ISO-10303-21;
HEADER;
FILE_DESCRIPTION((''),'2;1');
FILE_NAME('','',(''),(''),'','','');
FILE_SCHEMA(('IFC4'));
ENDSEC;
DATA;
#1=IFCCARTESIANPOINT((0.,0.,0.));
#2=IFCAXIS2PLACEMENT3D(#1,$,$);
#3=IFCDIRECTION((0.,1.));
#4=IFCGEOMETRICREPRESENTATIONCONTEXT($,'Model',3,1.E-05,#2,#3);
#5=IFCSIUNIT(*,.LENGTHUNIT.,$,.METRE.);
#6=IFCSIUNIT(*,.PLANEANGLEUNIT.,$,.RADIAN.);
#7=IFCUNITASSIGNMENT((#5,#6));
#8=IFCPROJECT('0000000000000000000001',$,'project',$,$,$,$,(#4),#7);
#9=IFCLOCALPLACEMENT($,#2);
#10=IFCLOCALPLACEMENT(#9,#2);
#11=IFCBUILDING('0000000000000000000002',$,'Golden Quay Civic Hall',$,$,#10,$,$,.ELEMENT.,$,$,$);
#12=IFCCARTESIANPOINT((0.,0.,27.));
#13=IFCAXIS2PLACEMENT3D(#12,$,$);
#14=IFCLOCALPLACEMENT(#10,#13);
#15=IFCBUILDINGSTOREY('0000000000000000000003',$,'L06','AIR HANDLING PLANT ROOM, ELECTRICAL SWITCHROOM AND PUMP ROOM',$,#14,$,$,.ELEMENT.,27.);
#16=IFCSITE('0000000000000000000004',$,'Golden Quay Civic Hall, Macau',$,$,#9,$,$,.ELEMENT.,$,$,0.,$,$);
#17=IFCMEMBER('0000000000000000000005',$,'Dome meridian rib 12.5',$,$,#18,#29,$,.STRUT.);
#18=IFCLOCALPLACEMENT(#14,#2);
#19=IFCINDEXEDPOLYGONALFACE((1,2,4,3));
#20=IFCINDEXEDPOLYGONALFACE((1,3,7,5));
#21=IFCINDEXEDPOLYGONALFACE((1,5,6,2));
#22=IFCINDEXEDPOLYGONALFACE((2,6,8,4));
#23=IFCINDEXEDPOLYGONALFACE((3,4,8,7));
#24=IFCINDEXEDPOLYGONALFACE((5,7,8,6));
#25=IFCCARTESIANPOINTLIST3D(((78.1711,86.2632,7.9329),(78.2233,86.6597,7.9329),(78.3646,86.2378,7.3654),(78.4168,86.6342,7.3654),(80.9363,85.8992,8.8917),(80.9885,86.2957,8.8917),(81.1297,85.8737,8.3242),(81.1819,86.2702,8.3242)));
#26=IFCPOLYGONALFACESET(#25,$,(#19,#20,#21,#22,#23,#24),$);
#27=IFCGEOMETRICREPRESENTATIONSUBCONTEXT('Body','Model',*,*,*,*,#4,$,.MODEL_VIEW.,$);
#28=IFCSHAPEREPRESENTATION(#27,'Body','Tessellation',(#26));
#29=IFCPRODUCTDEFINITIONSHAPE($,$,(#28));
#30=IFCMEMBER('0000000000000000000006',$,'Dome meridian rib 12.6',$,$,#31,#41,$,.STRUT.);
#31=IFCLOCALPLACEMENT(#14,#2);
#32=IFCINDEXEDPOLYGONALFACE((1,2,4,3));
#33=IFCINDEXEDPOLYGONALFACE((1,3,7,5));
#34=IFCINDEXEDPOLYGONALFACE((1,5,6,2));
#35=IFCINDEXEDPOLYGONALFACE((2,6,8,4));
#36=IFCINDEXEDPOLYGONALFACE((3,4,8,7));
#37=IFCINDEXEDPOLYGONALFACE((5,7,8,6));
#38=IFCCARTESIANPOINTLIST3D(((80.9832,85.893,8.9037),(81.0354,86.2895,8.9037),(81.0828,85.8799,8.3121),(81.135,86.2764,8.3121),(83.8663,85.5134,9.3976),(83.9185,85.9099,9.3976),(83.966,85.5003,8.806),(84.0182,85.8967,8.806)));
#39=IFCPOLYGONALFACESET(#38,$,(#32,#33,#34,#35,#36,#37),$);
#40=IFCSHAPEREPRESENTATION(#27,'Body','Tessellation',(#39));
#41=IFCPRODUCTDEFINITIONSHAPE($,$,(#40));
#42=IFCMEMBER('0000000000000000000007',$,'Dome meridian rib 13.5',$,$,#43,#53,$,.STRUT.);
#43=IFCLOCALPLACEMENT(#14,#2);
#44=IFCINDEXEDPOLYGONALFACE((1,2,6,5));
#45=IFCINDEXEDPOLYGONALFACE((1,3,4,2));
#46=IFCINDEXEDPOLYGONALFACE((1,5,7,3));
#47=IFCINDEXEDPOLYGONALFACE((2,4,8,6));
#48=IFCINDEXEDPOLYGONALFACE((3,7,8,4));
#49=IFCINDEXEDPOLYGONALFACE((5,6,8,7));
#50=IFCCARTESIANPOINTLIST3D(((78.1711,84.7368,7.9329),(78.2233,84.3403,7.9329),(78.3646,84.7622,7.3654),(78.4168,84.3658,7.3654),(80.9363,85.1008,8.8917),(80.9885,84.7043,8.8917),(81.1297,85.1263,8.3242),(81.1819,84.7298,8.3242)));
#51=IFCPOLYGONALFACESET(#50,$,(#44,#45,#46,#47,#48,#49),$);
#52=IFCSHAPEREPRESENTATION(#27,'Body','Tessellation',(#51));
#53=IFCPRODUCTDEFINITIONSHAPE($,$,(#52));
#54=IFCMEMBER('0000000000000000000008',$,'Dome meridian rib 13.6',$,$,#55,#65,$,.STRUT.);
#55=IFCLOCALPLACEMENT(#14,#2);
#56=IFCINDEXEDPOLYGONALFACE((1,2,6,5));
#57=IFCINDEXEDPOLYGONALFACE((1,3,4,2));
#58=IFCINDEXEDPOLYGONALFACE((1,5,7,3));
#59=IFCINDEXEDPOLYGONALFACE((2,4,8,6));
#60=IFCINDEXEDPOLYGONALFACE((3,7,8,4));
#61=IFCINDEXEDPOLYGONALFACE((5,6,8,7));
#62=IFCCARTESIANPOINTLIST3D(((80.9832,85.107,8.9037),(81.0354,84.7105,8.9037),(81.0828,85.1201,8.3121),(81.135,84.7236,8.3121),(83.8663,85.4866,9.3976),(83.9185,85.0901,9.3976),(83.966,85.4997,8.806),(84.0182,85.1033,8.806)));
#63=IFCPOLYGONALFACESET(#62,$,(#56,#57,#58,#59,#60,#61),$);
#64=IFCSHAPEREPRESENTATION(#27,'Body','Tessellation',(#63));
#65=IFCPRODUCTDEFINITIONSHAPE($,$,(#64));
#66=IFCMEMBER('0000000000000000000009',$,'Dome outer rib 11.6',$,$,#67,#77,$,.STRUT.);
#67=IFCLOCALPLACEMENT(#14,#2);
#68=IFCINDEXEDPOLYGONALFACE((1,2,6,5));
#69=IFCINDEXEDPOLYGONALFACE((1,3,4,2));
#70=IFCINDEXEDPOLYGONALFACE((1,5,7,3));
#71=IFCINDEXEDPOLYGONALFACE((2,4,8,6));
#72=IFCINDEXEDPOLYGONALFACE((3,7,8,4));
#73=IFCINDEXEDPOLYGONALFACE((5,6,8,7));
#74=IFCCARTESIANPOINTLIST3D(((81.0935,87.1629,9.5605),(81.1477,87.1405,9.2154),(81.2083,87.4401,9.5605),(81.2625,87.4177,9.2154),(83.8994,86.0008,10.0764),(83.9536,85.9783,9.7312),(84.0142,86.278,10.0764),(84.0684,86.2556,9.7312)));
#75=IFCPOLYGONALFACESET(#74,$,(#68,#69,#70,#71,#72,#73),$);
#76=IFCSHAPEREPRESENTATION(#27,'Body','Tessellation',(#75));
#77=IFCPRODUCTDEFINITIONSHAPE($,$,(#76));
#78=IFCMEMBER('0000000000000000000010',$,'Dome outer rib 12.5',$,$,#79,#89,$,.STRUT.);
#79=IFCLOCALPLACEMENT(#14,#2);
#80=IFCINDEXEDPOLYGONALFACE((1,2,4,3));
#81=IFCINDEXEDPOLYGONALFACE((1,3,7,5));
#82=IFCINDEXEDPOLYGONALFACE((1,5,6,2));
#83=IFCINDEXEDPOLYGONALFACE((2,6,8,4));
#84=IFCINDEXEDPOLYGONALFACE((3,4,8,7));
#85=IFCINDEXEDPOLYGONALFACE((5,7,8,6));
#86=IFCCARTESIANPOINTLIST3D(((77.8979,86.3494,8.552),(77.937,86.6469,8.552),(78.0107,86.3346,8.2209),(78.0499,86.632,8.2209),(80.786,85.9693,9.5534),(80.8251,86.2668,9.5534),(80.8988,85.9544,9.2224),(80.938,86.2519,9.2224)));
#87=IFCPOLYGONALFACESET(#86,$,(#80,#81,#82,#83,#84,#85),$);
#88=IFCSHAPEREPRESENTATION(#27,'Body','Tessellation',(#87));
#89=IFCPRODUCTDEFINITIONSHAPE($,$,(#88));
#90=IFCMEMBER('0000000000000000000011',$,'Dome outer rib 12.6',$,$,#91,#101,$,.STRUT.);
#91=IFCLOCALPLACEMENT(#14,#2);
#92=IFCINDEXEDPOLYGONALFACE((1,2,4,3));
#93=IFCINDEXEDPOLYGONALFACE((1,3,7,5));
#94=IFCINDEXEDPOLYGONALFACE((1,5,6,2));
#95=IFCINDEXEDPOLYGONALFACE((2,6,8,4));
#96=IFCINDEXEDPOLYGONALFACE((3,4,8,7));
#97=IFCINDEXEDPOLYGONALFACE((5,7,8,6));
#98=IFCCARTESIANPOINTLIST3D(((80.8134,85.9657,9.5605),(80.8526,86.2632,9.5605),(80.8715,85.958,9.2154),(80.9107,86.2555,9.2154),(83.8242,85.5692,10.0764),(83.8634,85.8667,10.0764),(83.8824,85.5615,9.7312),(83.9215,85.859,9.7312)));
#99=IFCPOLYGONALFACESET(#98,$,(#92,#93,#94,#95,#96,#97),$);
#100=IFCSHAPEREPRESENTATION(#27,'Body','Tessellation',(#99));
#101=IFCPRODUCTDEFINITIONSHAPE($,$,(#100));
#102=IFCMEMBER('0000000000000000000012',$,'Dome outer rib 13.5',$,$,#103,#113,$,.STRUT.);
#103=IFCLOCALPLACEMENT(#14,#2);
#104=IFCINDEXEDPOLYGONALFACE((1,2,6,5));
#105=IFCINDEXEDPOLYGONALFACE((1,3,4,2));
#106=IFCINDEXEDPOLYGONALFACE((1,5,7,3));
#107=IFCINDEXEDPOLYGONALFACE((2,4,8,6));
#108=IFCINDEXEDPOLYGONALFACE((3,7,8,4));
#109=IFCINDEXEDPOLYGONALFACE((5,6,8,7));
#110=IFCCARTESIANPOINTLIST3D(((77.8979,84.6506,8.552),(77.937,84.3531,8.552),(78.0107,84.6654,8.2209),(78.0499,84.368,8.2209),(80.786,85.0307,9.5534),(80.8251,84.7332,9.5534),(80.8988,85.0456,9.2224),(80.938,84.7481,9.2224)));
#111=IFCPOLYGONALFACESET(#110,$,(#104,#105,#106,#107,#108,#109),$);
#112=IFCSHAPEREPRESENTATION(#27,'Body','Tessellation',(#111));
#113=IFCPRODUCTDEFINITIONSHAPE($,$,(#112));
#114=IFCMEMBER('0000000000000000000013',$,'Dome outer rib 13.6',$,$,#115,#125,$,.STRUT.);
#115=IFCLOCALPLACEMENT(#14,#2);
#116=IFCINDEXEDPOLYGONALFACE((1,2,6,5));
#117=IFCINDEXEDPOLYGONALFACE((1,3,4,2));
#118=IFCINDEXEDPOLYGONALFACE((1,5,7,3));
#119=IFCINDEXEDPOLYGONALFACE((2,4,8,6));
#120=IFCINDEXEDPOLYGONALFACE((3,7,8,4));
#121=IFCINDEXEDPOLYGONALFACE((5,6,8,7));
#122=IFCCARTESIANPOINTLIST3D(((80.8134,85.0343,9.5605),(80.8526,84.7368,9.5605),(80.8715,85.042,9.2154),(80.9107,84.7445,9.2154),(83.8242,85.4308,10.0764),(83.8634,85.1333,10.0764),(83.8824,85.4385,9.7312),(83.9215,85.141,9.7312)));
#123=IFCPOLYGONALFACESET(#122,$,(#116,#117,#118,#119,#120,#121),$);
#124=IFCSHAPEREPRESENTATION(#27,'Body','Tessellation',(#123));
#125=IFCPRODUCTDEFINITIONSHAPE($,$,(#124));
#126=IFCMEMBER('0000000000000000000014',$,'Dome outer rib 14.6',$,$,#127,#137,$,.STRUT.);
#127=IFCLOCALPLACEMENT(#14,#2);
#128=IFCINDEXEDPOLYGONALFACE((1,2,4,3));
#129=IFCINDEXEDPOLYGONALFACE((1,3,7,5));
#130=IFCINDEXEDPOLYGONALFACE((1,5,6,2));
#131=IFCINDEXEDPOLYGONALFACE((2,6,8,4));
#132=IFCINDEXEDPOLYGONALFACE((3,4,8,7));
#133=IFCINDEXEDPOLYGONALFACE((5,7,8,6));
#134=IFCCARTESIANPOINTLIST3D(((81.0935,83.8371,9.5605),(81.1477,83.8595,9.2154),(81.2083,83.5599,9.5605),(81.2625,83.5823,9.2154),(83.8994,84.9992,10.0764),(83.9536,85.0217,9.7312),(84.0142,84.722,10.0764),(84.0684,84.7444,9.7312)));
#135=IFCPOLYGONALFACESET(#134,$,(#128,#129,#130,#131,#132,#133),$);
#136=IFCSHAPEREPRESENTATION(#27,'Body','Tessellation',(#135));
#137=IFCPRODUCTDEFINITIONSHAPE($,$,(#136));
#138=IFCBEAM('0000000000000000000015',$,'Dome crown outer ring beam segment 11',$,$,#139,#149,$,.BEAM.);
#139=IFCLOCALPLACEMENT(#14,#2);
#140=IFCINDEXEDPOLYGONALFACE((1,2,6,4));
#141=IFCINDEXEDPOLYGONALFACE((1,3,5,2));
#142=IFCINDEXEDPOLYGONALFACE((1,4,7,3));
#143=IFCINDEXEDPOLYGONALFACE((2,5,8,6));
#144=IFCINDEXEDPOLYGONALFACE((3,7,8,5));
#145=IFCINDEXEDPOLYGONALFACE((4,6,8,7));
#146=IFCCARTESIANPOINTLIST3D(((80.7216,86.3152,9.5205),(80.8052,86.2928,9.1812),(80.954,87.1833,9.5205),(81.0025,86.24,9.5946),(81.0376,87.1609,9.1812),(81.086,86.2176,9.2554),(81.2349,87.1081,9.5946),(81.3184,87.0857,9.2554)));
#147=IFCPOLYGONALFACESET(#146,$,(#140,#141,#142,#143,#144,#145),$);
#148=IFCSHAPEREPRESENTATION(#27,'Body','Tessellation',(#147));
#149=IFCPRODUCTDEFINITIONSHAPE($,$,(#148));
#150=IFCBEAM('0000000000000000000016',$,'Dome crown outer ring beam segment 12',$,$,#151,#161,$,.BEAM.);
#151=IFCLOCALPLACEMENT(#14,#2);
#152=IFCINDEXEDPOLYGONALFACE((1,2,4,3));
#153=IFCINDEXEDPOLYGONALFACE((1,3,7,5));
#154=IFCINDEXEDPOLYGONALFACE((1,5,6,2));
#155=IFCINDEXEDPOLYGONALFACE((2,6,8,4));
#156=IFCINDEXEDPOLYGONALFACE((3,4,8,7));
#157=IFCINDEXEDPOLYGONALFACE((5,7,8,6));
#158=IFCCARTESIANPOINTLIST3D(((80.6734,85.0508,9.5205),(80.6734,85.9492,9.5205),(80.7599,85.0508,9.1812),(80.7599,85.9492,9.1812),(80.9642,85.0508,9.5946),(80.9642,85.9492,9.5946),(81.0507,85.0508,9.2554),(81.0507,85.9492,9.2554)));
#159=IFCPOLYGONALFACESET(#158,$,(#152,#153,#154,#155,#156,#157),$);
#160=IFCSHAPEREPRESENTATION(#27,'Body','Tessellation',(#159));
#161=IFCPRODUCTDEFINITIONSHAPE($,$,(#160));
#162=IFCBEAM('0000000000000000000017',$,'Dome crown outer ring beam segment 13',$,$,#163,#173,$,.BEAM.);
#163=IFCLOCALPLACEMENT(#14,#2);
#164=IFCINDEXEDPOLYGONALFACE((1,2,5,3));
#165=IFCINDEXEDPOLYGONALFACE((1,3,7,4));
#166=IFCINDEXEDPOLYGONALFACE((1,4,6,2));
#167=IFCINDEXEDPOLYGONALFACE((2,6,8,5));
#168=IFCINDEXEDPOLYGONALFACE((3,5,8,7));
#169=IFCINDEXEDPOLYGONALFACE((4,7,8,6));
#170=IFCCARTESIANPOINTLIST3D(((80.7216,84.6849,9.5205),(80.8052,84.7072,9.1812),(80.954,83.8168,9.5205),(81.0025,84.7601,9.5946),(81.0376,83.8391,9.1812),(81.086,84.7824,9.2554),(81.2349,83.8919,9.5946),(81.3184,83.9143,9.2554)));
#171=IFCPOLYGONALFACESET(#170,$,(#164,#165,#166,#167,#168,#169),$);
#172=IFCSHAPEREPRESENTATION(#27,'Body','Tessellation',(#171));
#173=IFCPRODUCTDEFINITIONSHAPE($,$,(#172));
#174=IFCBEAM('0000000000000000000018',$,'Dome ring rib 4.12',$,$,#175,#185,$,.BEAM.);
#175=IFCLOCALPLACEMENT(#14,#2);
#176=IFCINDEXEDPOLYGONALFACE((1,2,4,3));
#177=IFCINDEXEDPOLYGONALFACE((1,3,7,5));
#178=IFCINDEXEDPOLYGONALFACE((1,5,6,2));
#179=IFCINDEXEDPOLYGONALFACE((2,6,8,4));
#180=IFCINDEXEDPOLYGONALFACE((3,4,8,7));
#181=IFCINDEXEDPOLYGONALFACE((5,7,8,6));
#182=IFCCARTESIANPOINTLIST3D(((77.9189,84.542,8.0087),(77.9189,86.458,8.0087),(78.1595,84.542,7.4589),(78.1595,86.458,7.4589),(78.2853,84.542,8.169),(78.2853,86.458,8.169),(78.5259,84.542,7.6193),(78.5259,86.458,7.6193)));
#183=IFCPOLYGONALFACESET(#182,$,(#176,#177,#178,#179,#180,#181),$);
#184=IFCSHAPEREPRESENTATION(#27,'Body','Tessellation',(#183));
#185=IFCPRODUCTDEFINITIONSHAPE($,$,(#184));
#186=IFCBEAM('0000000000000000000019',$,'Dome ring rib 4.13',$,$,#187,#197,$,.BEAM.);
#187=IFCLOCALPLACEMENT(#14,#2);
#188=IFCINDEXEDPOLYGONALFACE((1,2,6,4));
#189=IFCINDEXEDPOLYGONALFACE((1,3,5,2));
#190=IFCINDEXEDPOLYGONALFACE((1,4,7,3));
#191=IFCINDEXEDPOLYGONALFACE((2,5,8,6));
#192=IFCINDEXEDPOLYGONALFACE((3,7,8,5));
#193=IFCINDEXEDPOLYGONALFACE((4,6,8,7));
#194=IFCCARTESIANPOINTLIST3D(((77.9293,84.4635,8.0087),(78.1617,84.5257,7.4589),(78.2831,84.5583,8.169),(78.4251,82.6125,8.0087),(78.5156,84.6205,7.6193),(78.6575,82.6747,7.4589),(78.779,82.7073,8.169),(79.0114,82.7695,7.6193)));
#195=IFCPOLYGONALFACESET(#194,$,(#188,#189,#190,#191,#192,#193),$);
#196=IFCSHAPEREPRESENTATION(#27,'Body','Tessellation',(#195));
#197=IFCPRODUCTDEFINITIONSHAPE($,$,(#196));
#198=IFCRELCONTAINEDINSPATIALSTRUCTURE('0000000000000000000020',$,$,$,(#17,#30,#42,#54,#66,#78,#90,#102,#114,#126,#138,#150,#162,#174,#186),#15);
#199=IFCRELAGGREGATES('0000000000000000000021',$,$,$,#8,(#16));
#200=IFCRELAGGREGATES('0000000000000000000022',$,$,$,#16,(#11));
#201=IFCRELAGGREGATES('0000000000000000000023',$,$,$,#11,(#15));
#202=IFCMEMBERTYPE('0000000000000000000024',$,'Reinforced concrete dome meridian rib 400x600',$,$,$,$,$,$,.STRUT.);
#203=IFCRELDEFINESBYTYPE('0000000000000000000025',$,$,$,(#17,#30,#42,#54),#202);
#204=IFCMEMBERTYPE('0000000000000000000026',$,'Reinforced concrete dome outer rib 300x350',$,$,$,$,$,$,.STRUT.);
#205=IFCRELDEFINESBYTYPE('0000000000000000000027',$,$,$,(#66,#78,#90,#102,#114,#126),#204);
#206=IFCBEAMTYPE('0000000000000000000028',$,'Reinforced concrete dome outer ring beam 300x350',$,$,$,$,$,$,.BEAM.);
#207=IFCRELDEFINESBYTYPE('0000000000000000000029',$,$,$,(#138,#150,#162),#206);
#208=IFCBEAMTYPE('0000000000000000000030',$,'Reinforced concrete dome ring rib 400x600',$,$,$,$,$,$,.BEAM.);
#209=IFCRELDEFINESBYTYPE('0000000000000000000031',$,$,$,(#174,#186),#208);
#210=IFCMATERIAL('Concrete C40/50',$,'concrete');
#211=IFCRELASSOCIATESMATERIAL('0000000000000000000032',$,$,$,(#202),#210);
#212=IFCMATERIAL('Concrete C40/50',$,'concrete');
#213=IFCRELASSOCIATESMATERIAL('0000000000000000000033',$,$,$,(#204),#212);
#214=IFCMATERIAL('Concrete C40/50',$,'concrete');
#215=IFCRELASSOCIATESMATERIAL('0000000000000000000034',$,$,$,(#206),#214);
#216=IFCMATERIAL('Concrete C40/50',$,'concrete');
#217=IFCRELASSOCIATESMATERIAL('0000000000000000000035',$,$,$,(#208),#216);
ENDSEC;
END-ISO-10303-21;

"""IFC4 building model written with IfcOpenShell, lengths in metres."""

from ifc_helpers import new_model, si_unit, direction, frame, origin, origin_2d, place, context, subcontext, project, spatial, rectangle, extrude, material, material_profile, profile_set, type_object, element, save


model = new_model("IFC4")

# Units and contexts
model_context = context("Model", 3, precision=1e-05, world=origin(), true_north=direction((0.0, 1.0)))
body_context = subcontext(model_context, "Body", "Model", "MODEL_VIEW")
ifc_project = project(units=[si_unit("LENGTHUNIT", "METRE"), si_unit("PLANEANGLEUNIT", "RADIAN")], contexts=[model_context])

# Site, building, storey
site_placement = place(None, origin())
site = spatial("IfcSite", under=ifc_project, at=site_placement, Name="Golden Quay Civic Hall, Macau", CompositionType="ELEMENT", RefElevation=0.0)
building_placement = place(site_placement, origin())
building = spatial("IfcBuilding", under=site, at=building_placement, Name="Golden Quay Civic Hall", CompositionType="ELEMENT")
storey_placement = place(building_placement, frame((0.0, 0.0, 27.0)))
storey = spatial("IfcBuildingStorey", under=building, at=storey_placement, Name="L06", Description="AIR HANDLING PLANT ROOM, ELECTRICAL SWITCHROOM AND PUMP ROOM", CompositionType="ELEMENT", Elevation=27.0)

# Members
ifc_material_1 = material(Name="Concrete C40/50", Category="concrete")
ifc_material_profile_1 = material_profile(ifc_material_1, rectangle(XDim=0.3999, YDim=0.6001, at=origin_2d()), Name="RC 400x600")
ifc_profile_set_1 = profile_set([ifc_material_profile_1], Name="Concrete C40/50")
member_type_1 = type_object("IfcMemberType", Name="Reinforced concrete dome meridian rib 400x600", PredefinedType="STRUT", material=ifc_profile_set_1)
member_1_placement = place(storey_placement, frame((78.2939, 86.4487, 7.6492), z_axis=(0.937595, -0.123429, 0.325087), x_axis=(0.130518, 0.991446, 0.0)))
element("IfcMember", 1, at=member_1_placement, inside=storey, type_object=member_type_1, Name="Dome meridian rib 12.5", PredefinedType="STRUT", context=body_context, shape_type="SweptSolid", body=[
    extrude(rectangle(XDim=0.3999, YDim=0.6001, at=origin_2d()), origin(), (0.0, 0.0, 1.0), 2.9492),
])
member_2_placement = place(storey_placement, frame((81.0591, 86.0847, 8.6079), z_axis=(0.977444, -0.128709, 0.167446), x_axis=(0.130552, 0.991441, 0.0)))
element("IfcMember", 2, at=member_2_placement, inside=storey, type_object=member_type_1, Name="Dome meridian rib 12.6", PredefinedType="STRUT", context=body_context, shape_type="SweptSolid", body=[
    extrude(rectangle(XDim=0.3999, YDim=0.6001, at=origin_2d()), origin(), (0.0, 0.0, 1.0), 2.9497),
])
member_3_placement = place(storey_placement, frame((78.2939, 84.5513, 7.6492), z_axis=(0.937595, 0.123429, 0.325087), x_axis=(-0.130518, 0.991446, 0.0)))
element("IfcMember", 3, at=member_3_placement, inside=storey, type_object=member_type_1, Name="Dome meridian rib 13.5", PredefinedType="STRUT", context=body_context, shape_type="SweptSolid", body=[
    extrude(rectangle(XDim=0.3999, YDim=0.6001, at=origin_2d()), origin(), (0.0, 0.0, 1.0), 2.9492),
])
member_4_placement = place(storey_placement, frame((81.0591, 84.9153, 8.6079), z_axis=(0.977444, 0.128709, 0.167446), x_axis=(-0.130552, 0.991441, 0.0)))
element("IfcMember", 4, at=member_4_placement, inside=storey, type_object=member_type_1, Name="Dome meridian rib 13.6", PredefinedType="STRUT", context=body_context, shape_type="SweptSolid", body=[
    extrude(rectangle(XDim=0.3999, YDim=0.6001, at=origin_2d()), origin(), (0.0, 0.0, 1.0), 2.9497),
])
ifc_material_2 = material(Name="Concrete C40/50", Category="concrete")
ifc_material_profile_2 = material_profile(ifc_material_2, rectangle(XDim=0.3, YDim=0.3501, at=origin_2d()), Name="RC 300x350")
ifc_profile_set_2 = profile_set([ifc_material_profile_2], Name="Concrete C40/50")
member_type_2 = type_object("IfcMemberType", Name="Reinforced concrete dome outer rib 300x350", PredefinedType="STRUT", material=ifc_profile_set_2)
member_5_placement = place(storey_placement, frame((81.178, 87.2903, 9.3879), z_axis=(0.910849, -0.377242, 0.167461), x_axis=(0.382645, 0.923895, 0.0)))
element("IfcMember", 5, at=member_5_placement, inside=storey, type_object=member_type_2, Name="Dome outer rib 11.6", PredefinedType="STRUT", context=body_context, shape_type="SweptSolid", body=[
    extrude(rectangle(XDim=0.3, YDim=0.3501, at=origin_2d()), origin(), (0.0, 0.0, 1.0), 3.0806),
])
for number, where, z_axis, x_axis, name in (
    (6, (77.9739, 86.4907, 8.3865), (0.937592, -0.123401, 0.325106), (0.130489, 0.99145, 0.0), "Dome outer rib 12.5"),
    (7, (80.8621, 86.1106, 9.3879), (0.977437, -0.128719, 0.167477), (0.130563, 0.99144, 0.0), "Dome outer rib 12.6"),
    (8, (77.9739, 84.5093, 8.3865), (0.937592, 0.123401, 0.325106), (-0.130489, 0.99145, 0.0), "Dome outer rib 13.5"),
    (9, (80.8621, 84.8894, 9.3879), (0.977437, 0.128719, 0.167477), (-0.130563, 0.99144, 0.0), "Dome outer rib 13.6"),
):
    element("IfcMember", number, at=place(storey_placement, frame(where, z_axis=z_axis, x_axis=x_axis)), inside=storey, type_object=member_type_2, Name=name, PredefinedType="STRUT", context=body_context, shape_type="SweptSolid", body=[
        extrude(rectangle(XDim=0.3, YDim=0.3501, at=origin_2d()), origin(), (0.0, 0.0, 1.0), 3.0803),
    ])
member_6_placement = place(storey_placement, frame((81.178, 83.7097, 9.3879), z_axis=(0.910849, 0.377242, 0.167461), x_axis=(-0.382645, 0.923895, 0.0)))
element("IfcMember", 10, at=member_6_placement, inside=storey, type_object=member_type_2, Name="Dome outer rib 14.6", PredefinedType="STRUT", context=body_context, shape_type="SweptSolid", body=[
    extrude(rectangle(XDim=0.3, YDim=0.3501, at=origin_2d()), origin(), (0.0, 0.0, 1.0), 3.0806),
])

# Beams
ifc_material_3 = material(Name="Concrete C40/50", Category="concrete")
ifc_material_profile_3 = material_profile(ifc_material_3, rectangle(XDim=0.3, YDim=0.3501, at=origin_2d()), Name="RC 300x350")
ifc_profile_set_3 = profile_set([ifc_material_profile_3], Name="Concrete C40/50")
beam_type_1 = type_object("IfcBeamType", Name="Reinforced concrete dome outer ring beam 300x350", PredefinedType="BEAM", material=ifc_profile_set_3)
beam_1_placement = place(storey_placement, frame((81.1362, 87.1345, 9.3879), z_axis=(-0.258609, -0.965982, 0.0), x_axis=(0.936028, -0.25059, 0.247094)))
element("IfcBeam", 11, at=beam_1_placement, inside=storey, type_object=beam_type_1, Name="Dome crown outer ring beam segment 11", PredefinedType="BEAM", context=body_context, shape_type="SweptSolid", body=[
    extrude(rectangle(XDim=0.3, YDim=0.3501, at=origin_2d()), origin(), (0.0, 0.0, 1.0), 0.8987),
])
beam_2_placement = place(storey_placement, frame((80.8621, 85.9492, 9.3879), z_axis=(0.0, -1.0, 0.0), x_axis=(0.968992, 0.0, 0.247094)))
element("IfcBeam", 12, at=beam_2_placement, inside=storey, type_object=beam_type_1, Name="Dome crown outer ring beam segment 12", PredefinedType="BEAM", context=body_context, shape_type="SweptSolid", body=[
    extrude(rectangle(XDim=0.3, YDim=0.3501, at=origin_2d()), origin(), (0.0, 0.0, 1.0), 0.8984),
])
beam_3_placement = place(storey_placement, frame((80.9038, 84.7336, 9.3879), z_axis=(0.258609, -0.965982, 0.0), x_axis=(0.936028, 0.25059, 0.247094)))
element("IfcBeam", 13, at=beam_3_placement, inside=storey, type_object=beam_type_1, Name="Dome crown outer ring beam segment 13", PredefinedType="BEAM", context=body_context, shape_type="SweptSolid", body=[
    extrude(rectangle(XDim=0.3, YDim=0.3501, at=origin_2d()), origin(), (0.0, 0.0, 1.0), 0.8987),
])
ifc_material_4 = material(Name="Concrete C40/50", Category="concrete")
ifc_material_profile_4 = material_profile(ifc_material_4, rectangle(XDim=0.3999, YDim=0.6001, at=origin_2d()), Name="RC 400x600")
ifc_profile_set_4 = profile_set([ifc_material_profile_4], Name="Concrete C40/50")
beam_type_2 = type_object("IfcBeamType", Name="Reinforced concrete dome ring rib 400x600", PredefinedType="BEAM", material=ifc_profile_set_4)
beam_4_placement = place(storey_placement, frame((78.2224, 86.458, 7.814), z_axis=(0.0, -1.0, 0.0), x_axis=(0.916096, 0.0, 0.400958)))
element("IfcBeam", 14, at=beam_4_placement, inside=storey, type_object=beam_type_2, Name="Dome ring rib 4.12", PredefinedType="BEAM", context=body_context, shape_type="SweptSolid", body=[
    extrude(rectangle(XDim=0.3999, YDim=0.6001, at=origin_2d()), origin(), (0.0, 0.0, 1.0), 1.916),
])
beam_5_placement = place(storey_placement, frame((78.2224, 84.542, 7.814), z_axis=(0.258749, -0.965945, 0.0), x_axis=(0.884898, 0.237039, 0.400958)))
element("IfcBeam", 15, at=beam_5_placement, inside=storey, type_object=beam_type_2, Name="Dome ring rib 4.13", PredefinedType="BEAM", context=body_context, shape_type="SweptSolid", body=[
    extrude(rectangle(XDim=0.3999, YDim=0.6001, at=origin_2d()), origin(), (0.0, 0.0, 1.0), 1.9163),
])

save(model, "model.ifc")
